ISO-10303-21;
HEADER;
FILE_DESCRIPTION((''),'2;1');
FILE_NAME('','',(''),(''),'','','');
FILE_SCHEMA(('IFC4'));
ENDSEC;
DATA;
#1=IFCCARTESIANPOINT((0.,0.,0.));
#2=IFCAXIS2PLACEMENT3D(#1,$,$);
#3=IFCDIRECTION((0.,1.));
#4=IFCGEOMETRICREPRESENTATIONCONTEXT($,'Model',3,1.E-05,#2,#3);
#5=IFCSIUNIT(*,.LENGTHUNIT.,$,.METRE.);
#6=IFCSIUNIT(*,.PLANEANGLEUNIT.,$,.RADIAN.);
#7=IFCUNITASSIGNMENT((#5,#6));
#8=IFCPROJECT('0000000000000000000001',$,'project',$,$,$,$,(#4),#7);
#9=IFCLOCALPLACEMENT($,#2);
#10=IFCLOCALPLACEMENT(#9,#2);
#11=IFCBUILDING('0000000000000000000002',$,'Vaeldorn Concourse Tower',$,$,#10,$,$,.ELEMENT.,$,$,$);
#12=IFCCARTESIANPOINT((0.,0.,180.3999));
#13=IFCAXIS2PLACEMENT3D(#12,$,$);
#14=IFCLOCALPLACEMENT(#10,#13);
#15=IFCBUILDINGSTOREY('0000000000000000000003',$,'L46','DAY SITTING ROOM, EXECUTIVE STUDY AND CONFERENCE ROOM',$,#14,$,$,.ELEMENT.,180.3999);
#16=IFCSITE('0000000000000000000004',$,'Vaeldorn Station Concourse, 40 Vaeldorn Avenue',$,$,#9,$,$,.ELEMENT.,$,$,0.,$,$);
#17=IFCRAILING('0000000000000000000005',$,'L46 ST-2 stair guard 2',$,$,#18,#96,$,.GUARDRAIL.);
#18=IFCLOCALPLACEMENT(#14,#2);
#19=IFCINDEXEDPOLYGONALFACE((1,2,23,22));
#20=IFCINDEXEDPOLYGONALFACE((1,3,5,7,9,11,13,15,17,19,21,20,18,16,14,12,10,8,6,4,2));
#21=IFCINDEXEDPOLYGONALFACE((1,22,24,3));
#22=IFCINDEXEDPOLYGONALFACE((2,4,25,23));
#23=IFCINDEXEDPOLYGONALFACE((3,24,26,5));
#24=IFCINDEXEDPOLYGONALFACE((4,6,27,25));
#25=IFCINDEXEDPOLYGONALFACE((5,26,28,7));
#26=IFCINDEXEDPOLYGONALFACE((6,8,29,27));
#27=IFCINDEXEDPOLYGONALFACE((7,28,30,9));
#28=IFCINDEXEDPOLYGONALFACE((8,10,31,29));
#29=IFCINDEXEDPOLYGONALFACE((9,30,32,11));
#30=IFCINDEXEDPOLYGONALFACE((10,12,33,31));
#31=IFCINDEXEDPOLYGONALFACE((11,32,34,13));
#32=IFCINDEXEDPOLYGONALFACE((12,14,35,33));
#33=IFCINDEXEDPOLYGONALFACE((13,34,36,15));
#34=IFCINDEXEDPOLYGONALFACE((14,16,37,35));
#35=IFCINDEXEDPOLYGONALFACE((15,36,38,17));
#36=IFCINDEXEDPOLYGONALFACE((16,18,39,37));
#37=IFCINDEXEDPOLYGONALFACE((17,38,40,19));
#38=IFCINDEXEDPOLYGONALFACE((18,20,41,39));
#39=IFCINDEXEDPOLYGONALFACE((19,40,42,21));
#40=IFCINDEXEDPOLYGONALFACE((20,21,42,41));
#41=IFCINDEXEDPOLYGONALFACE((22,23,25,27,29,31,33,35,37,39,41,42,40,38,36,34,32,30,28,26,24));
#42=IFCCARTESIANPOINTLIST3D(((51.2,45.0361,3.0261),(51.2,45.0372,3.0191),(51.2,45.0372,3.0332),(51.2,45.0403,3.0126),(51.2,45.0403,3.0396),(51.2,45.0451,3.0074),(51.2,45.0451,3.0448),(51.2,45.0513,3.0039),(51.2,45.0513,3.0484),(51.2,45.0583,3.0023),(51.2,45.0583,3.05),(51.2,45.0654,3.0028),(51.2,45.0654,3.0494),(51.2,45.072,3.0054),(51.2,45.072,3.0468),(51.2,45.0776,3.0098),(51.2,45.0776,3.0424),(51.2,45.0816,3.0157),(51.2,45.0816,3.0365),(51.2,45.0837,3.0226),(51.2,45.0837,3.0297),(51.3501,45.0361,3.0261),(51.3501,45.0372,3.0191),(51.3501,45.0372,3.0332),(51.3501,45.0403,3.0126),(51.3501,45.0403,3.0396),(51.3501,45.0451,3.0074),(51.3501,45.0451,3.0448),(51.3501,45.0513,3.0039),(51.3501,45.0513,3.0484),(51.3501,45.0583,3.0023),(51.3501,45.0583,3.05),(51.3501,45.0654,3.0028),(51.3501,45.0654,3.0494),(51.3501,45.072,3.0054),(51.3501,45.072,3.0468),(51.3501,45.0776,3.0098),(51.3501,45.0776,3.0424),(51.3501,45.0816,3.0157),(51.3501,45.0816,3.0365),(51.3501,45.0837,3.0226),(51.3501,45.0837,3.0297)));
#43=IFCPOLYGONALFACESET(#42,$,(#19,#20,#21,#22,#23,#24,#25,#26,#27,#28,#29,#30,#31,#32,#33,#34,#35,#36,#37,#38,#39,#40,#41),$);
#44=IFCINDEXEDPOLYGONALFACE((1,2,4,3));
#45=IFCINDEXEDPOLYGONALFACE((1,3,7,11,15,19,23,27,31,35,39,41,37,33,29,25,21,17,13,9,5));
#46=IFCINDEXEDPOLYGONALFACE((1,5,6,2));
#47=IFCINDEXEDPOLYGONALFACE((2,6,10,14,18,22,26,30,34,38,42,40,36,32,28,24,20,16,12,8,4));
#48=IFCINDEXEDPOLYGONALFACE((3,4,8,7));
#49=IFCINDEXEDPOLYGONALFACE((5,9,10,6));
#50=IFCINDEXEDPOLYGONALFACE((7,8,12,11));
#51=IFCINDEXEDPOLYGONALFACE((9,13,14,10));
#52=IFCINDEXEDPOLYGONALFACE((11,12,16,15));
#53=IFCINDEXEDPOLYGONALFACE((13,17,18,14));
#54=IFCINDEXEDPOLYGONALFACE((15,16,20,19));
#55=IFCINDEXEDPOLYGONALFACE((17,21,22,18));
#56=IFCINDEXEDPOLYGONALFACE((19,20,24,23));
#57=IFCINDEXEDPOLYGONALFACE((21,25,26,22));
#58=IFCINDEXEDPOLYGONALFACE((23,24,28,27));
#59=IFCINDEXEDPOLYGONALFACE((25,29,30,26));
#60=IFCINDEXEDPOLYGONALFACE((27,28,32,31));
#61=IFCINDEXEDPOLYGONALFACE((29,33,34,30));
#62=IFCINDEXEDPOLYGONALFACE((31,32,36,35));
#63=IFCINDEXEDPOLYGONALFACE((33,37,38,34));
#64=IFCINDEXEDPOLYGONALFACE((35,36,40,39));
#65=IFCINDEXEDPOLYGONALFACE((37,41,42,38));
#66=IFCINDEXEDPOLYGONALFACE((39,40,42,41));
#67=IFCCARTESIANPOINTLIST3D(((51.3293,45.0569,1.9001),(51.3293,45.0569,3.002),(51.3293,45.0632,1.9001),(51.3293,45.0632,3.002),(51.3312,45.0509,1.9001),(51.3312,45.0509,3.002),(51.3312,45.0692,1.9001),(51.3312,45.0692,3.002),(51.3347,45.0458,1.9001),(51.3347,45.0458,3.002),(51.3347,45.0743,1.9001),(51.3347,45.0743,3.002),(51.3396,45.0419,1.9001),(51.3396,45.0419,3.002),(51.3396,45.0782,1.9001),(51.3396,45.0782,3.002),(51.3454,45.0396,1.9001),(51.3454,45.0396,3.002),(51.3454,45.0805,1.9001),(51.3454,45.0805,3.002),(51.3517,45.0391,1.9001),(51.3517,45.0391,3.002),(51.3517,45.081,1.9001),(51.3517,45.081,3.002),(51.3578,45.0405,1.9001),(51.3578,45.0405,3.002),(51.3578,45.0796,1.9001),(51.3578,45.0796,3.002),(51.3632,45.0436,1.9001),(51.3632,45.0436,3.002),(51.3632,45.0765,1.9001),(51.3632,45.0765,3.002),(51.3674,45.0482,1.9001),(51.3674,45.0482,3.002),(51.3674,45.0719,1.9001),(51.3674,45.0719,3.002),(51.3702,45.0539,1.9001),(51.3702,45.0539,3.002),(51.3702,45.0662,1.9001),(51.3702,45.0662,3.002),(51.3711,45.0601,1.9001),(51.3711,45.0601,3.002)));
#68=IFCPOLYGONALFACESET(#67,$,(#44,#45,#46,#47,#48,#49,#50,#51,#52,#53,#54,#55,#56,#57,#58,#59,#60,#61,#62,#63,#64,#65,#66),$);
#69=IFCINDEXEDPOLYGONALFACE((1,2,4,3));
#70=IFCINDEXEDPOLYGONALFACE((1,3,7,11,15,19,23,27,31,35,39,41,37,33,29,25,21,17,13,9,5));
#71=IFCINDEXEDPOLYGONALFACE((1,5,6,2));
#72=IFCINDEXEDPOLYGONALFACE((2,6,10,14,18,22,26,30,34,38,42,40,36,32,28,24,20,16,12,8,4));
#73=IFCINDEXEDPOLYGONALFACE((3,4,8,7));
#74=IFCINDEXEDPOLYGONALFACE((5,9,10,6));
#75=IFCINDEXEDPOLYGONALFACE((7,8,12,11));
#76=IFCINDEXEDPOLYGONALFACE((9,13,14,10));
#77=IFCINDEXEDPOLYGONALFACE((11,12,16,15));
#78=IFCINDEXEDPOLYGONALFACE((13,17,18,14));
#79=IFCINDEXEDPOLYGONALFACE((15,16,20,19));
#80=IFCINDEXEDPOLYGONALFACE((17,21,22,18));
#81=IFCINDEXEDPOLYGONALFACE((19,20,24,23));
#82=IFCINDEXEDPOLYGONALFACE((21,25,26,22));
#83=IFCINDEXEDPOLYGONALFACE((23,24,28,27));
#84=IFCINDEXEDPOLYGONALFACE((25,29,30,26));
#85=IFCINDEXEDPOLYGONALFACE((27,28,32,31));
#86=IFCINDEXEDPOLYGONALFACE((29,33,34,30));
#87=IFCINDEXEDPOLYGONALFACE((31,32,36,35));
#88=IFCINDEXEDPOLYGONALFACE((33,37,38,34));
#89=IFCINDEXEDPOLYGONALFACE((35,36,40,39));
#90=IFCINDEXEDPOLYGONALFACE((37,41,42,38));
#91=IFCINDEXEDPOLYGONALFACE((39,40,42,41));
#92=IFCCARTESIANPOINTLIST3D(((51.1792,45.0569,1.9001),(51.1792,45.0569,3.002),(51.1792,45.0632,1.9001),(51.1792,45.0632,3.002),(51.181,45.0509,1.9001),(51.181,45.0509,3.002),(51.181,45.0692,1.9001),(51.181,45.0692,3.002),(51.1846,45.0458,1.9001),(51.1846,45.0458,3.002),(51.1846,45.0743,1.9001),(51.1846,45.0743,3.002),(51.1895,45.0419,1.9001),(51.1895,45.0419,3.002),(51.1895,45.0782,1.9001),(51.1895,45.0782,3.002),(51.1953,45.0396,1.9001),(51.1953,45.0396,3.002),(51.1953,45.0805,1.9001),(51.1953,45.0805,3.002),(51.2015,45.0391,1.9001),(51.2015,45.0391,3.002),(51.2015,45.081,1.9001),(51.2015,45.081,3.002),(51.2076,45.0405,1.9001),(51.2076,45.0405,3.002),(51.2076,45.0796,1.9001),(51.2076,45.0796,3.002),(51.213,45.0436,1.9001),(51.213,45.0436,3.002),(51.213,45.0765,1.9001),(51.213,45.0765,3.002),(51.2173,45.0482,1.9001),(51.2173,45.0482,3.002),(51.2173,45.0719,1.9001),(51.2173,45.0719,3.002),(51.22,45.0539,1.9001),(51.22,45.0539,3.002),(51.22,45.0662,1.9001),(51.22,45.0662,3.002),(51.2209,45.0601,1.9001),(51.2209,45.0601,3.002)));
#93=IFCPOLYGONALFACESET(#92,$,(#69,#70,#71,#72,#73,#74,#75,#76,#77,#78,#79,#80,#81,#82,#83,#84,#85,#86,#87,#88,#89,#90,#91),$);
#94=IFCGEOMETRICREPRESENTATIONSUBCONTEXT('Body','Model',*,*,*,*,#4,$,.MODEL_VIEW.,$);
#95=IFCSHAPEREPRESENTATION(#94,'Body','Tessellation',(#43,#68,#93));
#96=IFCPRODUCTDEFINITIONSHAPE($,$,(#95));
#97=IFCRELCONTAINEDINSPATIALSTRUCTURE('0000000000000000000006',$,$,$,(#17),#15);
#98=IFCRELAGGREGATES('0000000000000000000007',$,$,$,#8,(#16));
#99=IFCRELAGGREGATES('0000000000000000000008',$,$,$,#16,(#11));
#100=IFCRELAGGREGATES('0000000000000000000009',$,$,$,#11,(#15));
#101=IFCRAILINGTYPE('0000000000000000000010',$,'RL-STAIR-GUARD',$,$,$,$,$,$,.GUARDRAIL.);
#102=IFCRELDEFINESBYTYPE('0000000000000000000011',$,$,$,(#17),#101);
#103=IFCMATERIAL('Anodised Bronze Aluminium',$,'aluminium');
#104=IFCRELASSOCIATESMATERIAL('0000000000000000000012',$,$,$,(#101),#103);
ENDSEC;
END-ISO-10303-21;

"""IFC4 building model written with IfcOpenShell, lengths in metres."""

from ifc_helpers import new_model, si_unit, direction, frame, origin, origin_2d, place, context, subcontext, project, spatial, circle, extrude, material, type_object, element, save


model = new_model("IFC4")

# Units and contexts
model_context = context("Model", 3, precision=1e-05, world=origin(), true_north=direction((0.0, 1.0)))
body_context = subcontext(model_context, "Body", "Model", "MODEL_VIEW")
ifc_project = project(units=[si_unit("LENGTHUNIT", "METRE"), si_unit("PLANEANGLEUNIT", "RADIAN")], contexts=[model_context])

# Site, building, storey
site_placement = place(None, origin())
site = spatial("IfcSite", under=ifc_project, at=site_placement, Name="Vaeldorn Station Concourse, 40 Vaeldorn Avenue", CompositionType="ELEMENT", RefElevation=0.0)
building_placement = place(site_placement, origin())
building = spatial("IfcBuilding", under=site, at=building_placement, Name="Vaeldorn Concourse Tower", CompositionType="ELEMENT")
storey_placement = place(building_placement, frame((0.0, 0.0, 180.3999)))
storey = spatial("IfcBuildingStorey", under=building, at=storey_placement, Name="L46", Description="DAY SITTING ROOM, EXECUTIVE STUDY AND CONFERENCE ROOM", CompositionType="ELEMENT", Elevation=180.3999)

# Shared definitions
ifc_material_1 = material(Name="Anodised Bronze Aluminium", Category="aluminium")

# Railing
railing_type_1 = type_object("IfcRailingType", Name="RL-STAIR-GUARD", PredefinedType="GUARDRAIL", material=ifc_material_1)
railing_1_placement = place(storey_placement, frame((51.3501, 45.0601, 1.9001)))
element("IfcRailing", 1, at=railing_1_placement, inside=storey, type_object=railing_type_1, Name="L46 ST-2 stair guard 2", PredefinedType="GUARDRAIL", context=body_context, shape_type="SweptSolid", body=[
    extrude(circle(Radius=0.0239, at=origin_2d()), frame((0.0, 0.0, 1.126), z_axis=(-1.0, 0.0, 0.0), x_axis=(0.0, -1.0, 0.0)), (0.0, 0.0, 1.0), 0.1501),
    extrude(circle(Radius=0.021, at=origin_2d()), origin(), (0.0, 0.0, 1.0), 1.1018),
    extrude(circle(Radius=0.021, at=origin_2d()), frame((-0.1501, 0.0, 0.0)), (0.0, 0.0, 1.0), 1.1018),
])

save(model, "model.ifc")
